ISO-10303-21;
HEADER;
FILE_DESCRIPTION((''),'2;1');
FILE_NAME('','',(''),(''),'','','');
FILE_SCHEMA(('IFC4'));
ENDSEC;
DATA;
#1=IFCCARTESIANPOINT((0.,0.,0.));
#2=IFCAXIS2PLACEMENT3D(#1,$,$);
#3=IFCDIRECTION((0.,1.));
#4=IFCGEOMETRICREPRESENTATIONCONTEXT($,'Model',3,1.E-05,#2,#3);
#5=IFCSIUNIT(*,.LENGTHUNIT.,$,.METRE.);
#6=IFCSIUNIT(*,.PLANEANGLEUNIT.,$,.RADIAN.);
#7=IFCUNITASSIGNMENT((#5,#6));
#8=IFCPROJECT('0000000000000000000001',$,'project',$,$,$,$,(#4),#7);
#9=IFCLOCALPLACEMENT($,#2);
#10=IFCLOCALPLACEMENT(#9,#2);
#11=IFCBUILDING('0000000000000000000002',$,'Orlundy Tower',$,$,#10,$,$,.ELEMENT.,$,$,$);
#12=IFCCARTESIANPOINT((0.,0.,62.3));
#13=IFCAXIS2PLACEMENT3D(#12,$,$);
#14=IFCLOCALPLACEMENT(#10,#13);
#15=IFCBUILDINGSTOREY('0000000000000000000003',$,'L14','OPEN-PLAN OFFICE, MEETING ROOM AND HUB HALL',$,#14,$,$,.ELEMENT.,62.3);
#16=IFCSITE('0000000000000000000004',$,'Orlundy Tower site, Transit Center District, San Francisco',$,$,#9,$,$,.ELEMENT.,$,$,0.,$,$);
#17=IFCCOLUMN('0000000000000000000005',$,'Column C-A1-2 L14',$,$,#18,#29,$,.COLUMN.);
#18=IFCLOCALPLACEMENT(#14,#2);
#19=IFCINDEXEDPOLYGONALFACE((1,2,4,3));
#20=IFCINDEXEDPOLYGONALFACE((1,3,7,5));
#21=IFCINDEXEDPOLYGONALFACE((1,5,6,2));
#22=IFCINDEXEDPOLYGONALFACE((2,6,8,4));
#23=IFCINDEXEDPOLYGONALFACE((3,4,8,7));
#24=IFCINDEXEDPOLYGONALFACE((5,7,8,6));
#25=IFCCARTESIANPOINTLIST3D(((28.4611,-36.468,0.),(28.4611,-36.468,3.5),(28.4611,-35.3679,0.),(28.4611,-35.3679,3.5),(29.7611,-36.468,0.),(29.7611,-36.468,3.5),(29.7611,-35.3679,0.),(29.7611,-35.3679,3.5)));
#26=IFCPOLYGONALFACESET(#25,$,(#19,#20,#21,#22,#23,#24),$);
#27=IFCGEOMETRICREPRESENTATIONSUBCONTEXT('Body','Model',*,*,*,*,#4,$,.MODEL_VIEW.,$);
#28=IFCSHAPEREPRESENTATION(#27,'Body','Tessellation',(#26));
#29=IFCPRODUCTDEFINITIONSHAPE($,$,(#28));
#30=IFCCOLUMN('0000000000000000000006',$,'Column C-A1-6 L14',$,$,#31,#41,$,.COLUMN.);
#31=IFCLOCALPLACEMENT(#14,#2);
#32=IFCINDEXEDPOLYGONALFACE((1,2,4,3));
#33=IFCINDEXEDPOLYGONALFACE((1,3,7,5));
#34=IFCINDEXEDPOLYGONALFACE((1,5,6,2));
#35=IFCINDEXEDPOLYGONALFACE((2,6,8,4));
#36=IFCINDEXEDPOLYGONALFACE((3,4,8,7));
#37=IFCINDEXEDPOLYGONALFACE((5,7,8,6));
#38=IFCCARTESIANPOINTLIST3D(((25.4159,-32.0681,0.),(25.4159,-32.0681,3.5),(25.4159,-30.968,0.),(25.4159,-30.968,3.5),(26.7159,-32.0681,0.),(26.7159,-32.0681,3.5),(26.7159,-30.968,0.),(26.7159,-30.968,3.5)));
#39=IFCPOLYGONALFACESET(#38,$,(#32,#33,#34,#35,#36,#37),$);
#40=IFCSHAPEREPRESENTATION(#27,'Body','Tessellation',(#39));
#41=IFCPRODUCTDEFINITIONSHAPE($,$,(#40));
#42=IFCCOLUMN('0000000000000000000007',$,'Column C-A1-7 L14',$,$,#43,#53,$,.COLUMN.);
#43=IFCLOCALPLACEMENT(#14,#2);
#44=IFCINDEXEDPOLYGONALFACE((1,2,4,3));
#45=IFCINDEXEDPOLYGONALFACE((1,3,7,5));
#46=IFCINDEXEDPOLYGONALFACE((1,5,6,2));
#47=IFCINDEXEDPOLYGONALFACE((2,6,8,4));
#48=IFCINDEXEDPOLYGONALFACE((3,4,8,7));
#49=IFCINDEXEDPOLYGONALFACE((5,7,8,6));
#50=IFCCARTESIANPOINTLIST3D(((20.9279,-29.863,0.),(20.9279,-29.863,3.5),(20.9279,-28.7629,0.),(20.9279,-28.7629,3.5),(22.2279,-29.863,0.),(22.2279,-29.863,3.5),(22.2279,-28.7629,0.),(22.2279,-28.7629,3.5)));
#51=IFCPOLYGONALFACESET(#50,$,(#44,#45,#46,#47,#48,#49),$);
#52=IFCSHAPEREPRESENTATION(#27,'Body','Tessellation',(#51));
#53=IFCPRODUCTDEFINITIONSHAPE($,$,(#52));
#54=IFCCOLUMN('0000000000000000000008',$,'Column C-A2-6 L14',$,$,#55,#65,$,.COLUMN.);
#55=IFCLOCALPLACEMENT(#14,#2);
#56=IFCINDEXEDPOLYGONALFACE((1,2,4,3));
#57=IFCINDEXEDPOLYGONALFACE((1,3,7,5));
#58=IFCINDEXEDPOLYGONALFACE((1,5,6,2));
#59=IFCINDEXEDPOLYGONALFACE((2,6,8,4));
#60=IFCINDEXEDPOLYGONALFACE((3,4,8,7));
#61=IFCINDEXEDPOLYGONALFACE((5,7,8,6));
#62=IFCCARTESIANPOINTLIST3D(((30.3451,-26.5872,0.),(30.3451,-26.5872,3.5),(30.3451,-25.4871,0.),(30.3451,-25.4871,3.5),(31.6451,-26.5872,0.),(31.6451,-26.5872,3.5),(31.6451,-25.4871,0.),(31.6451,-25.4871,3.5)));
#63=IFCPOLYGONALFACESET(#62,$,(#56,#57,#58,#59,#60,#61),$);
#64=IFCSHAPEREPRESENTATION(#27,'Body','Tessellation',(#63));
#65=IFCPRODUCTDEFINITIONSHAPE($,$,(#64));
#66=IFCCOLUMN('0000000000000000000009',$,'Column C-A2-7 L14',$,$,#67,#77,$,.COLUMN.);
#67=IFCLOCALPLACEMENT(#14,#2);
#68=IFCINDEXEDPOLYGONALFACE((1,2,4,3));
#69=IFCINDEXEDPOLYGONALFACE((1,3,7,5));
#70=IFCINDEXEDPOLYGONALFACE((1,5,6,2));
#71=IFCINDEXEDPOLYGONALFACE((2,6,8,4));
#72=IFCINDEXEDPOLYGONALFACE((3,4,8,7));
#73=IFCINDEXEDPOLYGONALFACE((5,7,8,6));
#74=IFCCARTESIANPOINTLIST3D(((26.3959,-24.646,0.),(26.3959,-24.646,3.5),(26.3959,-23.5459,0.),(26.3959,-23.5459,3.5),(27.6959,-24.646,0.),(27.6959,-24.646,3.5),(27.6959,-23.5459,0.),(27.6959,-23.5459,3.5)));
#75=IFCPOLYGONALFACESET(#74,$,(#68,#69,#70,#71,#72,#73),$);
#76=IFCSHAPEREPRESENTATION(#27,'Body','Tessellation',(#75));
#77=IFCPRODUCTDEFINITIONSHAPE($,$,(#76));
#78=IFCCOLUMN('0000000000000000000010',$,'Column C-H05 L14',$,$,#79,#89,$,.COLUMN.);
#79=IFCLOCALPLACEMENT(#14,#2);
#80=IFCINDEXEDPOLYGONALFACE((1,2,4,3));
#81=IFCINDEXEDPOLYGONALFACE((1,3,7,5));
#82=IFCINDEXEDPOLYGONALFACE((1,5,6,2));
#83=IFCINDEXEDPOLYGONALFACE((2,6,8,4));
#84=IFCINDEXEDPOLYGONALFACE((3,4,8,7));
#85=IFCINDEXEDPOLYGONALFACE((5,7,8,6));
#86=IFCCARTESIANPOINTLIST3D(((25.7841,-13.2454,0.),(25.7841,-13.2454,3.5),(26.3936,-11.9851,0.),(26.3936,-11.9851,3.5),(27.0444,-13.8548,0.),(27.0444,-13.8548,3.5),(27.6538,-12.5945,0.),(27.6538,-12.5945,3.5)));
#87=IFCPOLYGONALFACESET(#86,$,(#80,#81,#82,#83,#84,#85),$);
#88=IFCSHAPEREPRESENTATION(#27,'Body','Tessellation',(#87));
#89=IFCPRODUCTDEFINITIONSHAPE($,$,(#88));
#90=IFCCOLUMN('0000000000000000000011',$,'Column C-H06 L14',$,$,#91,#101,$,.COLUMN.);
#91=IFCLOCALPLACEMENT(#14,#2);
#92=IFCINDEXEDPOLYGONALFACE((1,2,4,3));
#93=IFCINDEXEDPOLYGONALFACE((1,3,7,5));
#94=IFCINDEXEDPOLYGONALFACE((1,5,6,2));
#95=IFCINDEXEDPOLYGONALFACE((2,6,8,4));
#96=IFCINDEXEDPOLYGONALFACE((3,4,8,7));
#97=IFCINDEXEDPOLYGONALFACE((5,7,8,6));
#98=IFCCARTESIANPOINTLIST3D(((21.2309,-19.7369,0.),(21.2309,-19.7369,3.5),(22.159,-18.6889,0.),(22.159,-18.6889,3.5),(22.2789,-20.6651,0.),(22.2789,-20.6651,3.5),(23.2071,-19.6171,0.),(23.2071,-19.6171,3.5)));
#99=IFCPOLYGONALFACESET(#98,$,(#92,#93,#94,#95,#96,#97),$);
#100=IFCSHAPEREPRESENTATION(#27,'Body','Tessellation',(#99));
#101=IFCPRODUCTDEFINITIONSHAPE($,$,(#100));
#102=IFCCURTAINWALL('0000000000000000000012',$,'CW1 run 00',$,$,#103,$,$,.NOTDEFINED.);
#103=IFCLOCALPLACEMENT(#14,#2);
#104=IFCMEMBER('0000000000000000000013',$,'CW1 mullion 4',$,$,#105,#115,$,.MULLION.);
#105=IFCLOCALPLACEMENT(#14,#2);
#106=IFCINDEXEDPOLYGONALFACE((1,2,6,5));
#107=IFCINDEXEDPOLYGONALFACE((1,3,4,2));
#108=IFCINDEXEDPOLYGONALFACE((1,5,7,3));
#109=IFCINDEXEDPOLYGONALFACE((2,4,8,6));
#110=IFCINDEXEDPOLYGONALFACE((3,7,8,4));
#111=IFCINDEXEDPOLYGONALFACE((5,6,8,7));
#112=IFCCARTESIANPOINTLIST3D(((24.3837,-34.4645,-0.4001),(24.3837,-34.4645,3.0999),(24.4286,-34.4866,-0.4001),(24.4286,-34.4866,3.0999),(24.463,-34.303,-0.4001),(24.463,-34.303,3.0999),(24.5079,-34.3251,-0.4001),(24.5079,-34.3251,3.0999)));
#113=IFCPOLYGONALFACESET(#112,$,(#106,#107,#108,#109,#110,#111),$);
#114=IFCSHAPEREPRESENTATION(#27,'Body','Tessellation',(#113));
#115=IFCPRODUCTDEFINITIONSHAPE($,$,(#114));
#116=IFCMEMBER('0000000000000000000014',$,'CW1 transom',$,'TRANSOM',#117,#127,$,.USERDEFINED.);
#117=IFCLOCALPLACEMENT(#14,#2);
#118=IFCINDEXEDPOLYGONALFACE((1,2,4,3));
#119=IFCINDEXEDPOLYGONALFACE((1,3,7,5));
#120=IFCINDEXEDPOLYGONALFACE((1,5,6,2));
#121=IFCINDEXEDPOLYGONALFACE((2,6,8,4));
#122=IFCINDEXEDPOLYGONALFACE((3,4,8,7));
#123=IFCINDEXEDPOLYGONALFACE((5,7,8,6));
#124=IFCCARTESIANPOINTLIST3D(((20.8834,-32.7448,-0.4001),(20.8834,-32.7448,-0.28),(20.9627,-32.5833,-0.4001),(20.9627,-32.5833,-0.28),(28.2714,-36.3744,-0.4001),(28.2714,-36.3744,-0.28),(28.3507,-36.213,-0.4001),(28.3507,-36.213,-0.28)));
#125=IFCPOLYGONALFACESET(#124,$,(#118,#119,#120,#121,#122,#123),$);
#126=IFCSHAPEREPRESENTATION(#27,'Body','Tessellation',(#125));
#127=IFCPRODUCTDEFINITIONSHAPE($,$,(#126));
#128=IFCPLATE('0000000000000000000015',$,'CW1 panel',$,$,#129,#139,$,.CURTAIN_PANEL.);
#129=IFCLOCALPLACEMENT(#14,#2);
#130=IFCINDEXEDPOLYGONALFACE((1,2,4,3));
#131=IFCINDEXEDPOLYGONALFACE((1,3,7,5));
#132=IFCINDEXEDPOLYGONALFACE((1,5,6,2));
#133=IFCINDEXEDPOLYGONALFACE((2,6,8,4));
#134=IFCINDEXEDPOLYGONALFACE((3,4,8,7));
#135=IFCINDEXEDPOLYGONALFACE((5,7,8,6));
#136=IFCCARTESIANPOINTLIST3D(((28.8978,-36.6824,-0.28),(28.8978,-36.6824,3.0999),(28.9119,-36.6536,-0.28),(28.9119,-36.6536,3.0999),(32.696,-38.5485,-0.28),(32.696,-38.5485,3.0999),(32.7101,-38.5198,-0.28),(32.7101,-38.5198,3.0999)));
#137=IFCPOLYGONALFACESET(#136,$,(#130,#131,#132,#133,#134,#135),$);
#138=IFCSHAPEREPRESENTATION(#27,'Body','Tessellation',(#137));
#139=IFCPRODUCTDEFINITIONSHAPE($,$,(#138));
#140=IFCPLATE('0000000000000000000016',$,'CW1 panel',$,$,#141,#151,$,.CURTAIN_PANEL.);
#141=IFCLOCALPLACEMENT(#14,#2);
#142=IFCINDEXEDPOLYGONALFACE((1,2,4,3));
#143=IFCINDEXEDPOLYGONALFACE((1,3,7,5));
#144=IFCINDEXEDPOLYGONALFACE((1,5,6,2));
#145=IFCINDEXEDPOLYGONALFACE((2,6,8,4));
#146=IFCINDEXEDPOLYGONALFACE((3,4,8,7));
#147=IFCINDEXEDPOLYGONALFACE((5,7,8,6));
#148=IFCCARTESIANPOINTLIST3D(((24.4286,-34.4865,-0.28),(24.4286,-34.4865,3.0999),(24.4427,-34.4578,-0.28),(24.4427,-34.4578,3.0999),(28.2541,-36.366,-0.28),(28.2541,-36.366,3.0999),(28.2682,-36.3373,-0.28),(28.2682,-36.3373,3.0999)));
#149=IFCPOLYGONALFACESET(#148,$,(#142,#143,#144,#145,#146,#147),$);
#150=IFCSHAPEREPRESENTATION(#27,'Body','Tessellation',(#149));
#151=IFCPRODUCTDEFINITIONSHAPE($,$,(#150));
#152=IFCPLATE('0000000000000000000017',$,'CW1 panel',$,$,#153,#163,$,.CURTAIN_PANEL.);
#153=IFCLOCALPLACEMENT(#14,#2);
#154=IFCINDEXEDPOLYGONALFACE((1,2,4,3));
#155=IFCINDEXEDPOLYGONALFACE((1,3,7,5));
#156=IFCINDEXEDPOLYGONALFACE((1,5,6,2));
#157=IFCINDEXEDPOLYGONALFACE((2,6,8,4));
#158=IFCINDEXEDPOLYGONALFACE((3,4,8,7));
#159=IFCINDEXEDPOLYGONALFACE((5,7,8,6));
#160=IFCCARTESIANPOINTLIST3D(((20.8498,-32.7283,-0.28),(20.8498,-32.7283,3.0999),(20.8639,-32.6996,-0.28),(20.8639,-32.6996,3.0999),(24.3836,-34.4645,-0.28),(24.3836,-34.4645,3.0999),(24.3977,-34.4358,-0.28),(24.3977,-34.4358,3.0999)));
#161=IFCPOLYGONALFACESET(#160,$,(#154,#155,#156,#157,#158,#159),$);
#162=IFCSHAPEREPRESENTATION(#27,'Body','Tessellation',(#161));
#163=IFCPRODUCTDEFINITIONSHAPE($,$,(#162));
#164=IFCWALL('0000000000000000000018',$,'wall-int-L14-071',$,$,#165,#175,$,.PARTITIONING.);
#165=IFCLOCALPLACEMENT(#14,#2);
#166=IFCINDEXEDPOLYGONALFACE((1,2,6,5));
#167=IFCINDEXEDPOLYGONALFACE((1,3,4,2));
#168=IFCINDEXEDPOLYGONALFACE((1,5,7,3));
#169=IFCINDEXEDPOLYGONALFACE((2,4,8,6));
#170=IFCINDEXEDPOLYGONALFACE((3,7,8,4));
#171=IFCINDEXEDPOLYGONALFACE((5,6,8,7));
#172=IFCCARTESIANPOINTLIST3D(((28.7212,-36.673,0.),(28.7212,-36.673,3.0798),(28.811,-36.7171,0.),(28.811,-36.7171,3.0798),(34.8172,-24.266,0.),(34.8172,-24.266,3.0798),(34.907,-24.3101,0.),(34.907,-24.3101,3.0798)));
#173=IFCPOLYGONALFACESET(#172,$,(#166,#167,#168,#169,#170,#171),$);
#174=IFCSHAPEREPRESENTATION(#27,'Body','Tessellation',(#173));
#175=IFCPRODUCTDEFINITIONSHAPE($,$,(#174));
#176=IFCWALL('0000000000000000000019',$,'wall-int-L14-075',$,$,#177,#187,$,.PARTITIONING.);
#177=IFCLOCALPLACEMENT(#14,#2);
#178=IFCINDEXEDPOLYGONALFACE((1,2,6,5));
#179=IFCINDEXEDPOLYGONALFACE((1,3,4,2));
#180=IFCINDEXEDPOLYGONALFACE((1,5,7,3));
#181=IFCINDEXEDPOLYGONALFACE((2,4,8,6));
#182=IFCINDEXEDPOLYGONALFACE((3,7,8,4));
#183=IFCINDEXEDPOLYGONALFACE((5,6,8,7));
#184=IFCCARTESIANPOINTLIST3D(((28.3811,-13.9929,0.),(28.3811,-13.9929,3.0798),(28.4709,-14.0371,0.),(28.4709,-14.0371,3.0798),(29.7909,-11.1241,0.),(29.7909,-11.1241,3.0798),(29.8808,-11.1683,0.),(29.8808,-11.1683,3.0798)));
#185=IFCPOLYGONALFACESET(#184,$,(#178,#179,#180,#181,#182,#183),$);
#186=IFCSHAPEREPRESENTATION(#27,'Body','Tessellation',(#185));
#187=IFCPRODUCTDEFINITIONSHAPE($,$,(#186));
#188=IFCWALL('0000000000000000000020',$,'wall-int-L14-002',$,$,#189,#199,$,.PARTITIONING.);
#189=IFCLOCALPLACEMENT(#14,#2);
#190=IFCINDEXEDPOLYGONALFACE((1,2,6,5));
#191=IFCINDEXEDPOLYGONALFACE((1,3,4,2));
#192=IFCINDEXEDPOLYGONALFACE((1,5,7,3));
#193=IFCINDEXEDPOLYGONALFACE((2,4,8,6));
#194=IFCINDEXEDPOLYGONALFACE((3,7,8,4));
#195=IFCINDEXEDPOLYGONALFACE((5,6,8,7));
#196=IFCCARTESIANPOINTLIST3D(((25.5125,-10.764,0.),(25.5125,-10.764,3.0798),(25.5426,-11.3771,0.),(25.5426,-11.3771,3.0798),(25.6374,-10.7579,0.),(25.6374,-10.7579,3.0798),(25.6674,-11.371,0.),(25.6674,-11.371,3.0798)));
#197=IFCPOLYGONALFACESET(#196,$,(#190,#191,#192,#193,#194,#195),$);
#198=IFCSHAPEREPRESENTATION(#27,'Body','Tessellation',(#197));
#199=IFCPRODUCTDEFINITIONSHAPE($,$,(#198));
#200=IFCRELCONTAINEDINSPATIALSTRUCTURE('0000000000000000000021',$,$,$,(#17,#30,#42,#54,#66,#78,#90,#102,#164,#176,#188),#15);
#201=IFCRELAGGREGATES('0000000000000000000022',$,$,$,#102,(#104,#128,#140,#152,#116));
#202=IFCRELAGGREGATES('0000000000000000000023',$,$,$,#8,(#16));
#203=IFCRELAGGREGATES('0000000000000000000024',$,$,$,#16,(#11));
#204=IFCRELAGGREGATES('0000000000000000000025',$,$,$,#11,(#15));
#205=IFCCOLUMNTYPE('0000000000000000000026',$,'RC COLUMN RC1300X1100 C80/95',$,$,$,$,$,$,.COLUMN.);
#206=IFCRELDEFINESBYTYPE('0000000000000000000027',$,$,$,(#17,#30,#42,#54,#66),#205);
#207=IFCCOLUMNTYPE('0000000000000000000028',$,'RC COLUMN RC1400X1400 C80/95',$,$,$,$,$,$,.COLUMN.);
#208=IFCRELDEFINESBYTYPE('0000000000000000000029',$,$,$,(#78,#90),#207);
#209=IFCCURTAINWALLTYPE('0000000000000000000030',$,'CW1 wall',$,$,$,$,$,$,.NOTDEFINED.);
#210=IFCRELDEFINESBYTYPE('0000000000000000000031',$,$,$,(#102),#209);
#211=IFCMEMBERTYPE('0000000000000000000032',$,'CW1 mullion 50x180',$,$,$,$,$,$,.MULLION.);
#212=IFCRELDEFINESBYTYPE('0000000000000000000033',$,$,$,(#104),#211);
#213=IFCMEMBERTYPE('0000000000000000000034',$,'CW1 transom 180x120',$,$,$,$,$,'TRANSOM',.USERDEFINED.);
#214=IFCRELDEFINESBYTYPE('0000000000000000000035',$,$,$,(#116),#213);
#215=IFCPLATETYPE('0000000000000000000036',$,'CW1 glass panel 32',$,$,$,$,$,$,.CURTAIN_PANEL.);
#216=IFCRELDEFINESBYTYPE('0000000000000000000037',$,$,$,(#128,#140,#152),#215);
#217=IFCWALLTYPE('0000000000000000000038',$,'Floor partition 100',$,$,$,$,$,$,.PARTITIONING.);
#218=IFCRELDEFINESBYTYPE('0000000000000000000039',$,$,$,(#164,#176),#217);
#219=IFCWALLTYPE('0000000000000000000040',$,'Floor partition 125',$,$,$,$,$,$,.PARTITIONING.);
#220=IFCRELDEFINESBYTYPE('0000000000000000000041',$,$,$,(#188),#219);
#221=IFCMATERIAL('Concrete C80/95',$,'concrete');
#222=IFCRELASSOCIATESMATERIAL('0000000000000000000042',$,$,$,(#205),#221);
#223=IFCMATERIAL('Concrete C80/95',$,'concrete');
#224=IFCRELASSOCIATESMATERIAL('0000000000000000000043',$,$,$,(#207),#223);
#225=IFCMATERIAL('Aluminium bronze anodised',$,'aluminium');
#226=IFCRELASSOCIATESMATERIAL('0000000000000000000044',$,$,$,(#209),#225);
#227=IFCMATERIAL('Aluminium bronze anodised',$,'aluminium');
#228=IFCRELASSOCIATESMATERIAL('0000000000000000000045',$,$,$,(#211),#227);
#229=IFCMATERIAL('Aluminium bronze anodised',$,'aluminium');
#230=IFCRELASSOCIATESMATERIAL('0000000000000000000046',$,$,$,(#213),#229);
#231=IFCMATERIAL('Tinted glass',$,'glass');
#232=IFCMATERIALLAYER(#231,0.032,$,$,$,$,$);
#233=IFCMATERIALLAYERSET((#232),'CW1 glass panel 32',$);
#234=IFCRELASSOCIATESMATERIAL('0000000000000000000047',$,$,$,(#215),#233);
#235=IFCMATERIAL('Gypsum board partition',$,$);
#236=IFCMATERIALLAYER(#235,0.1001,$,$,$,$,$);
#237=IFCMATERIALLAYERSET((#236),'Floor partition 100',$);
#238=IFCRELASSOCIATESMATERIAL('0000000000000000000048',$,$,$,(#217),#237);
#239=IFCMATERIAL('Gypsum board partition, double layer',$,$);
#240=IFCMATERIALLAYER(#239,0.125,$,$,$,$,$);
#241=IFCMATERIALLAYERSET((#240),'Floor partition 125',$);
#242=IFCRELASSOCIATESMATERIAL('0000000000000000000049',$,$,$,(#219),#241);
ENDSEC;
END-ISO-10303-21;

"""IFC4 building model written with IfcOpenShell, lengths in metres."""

from ifc_helpers import new_model, si_unit, direction, frame, frame_2d, origin, origin_2d, place, context, subcontext, project, spatial, rectangle, extrude, material, layer, layer_set, material_profile, profile_set, type_object, element, aggregate, save


model = new_model("IFC4")

# Units and contexts
model_context = context("Model", 3, precision=1e-05, world=origin(), true_north=direction((0.0, 1.0)))
body_context = subcontext(model_context, "Body", "Model", "MODEL_VIEW")
ifc_project = project(units=[si_unit("LENGTHUNIT", "METRE"), si_unit("PLANEANGLEUNIT", "RADIAN")], contexts=[model_context])

# Site, building, storey
site_placement = place(None, origin())
site = spatial("IfcSite", under=ifc_project, at=site_placement, Name="Orlundy Tower site, Transit Center District, San Francisco", CompositionType="ELEMENT", RefElevation=0.0)
building_placement = place(site_placement, origin())
building = spatial("IfcBuilding", under=site, at=building_placement, Name="Orlundy Tower", CompositionType="ELEMENT")
storey_placement = place(building_placement, frame((0.0, 0.0, 62.3)))
storey = spatial("IfcBuildingStorey", under=building, at=storey_placement, Name="L14", Description="OPEN-PLAN OFFICE, MEETING ROOM AND HUB HALL", CompositionType="ELEMENT", Elevation=62.3)

# Columns
ifc_material_1 = material(Name="Concrete C80/95", Category="concrete")
ifc_material_profile_1 = material_profile(ifc_material_1, rectangle(XDim=1.3, YDim=1.1001, at=origin_2d()), Name="RC1300X1100")
ifc_profile_set_1 = profile_set([ifc_material_profile_1], Name="Concrete C80/95")
column_type_1 = type_object("IfcColumnType", Name="RC COLUMN RC1300X1100 C80/95", PredefinedType="COLUMN", material=ifc_profile_set_1)
for number, where, z_axis, x_axis, name in (
    (1, (29.1111, -35.918, 0.0), (0.0, 0.0, 1.0), (1.0, 0.0, 0.0), "Column C-A1-2 L14"),
    (2, (26.0659, -31.5181, 0.0), (0.0, 0.0, 1.0), (1.0, 0.0, 0.0), "Column C-A1-6 L14"),
    (3, (21.5779, -29.313, 0.0), (0.0, 0.0, 1.0), (1.0, 0.0, 0.0), "Column C-A1-7 L14"),
    (4, (30.9951, -26.0371, 0.0), (0.0, 0.0, 1.0), (1.0, 0.0, 0.0), "Column C-A2-6 L14"),
    (5, (27.0459, -24.0959, 0.0), (0.0, 0.0, 1.0), (1.0, 0.0, 0.0), "Column C-A2-7 L14"),
):
    element("IfcColumn", number, at=place(storey_placement, frame(where, z_axis=z_axis, x_axis=x_axis)), inside=storey, type_object=column_type_1, Name=name, PredefinedType="COLUMN", context=body_context, shape_type="SweptSolid", body=[
        extrude(rectangle(XDim=1.3, YDim=1.1001, at=origin_2d()), origin(), (0.0, 0.0, 1.0), 3.5),
    ])
ifc_material_2 = material(Name="Concrete C80/95", Category="concrete")
ifc_material_profile_2 = material_profile(ifc_material_2, rectangle(XDim=1.3999, YDim=1.3999, at=origin_2d()), Name="RC1400X1400")
ifc_profile_set_2 = profile_set([ifc_material_profile_2], Name="Concrete C80/95")
column_type_2 = type_object("IfcColumnType", Name="RC COLUMN RC1400X1400 C80/95", PredefinedType="COLUMN", material=ifc_profile_set_2)
for number, where, z_axis, x_axis, name in (
    (6, (26.719, -12.9199, 0.0), (0.0, 0.0, 1.0), (0.900273, -0.435325, 0.0), "Column C-H05 L14"),
    (7, (22.219, -19.677, 0.0), (0.0, 0.0, 1.0), (0.748632, -0.662986, 0.0), "Column C-H06 L14"),
):
    element("IfcColumn", number, at=place(storey_placement, frame(where, z_axis=z_axis, x_axis=x_axis)), inside=storey, type_object=column_type_2, Name=name, PredefinedType="COLUMN", context=body_context, shape_type="SweptSolid", body=[
        extrude(rectangle(XDim=1.3999, YDim=1.3999, at=origin_2d()), origin(), (0.0, 0.0, 1.0), 3.5),
    ])

# Curtain wall, members, plates
ifc_material_3 = material(Name="Aluminium bronze anodised", Category="aluminium")
curtain_wall_type = type_object("IfcCurtainWallType", Name="CW1 wall", PredefinedType="NOTDEFINED", material=ifc_material_3)
curtain_wall_placement = place(storey_placement, origin())
curtain_wall = element("IfcCurtainWall", 8, at=curtain_wall_placement, inside=storey, type_object=curtain_wall_type, Name="CW1 run 00", PredefinedType="NOTDEFINED")
ifc_material_4 = material(Name="Aluminium bronze anodised", Category="aluminium")
ifc_material_profile_3 = material_profile(ifc_material_4, rectangle(XDim=0.1799, YDim=0.05, at=origin_2d()), Name="CW1 mullion 50x180")
ifc_profile_set_3 = profile_set([ifc_material_profile_3], Name="Aluminium bronze anodised")
member_type_1 = type_object("IfcMemberType", Name="CW1 mullion 50x180", PredefinedType="MULLION", material=ifc_profile_set_3)
member_1_placement = place(storey_placement, frame((24.4458, -34.3948, -0.4001), z_axis=(0.0, 0.0, 1.0), x_axis=(-0.440969, -0.897522, 0.0)))
member_1 = element("IfcMember", 9, at=member_1_placement, type_object=member_type_1, Name="CW1 mullion 4", PredefinedType="MULLION", context=body_context, shape_type="SweptSolid", body=[
    extrude(rectangle(XDim=0.1799, YDim=0.05, at=origin_2d()), origin(), (0.0, 0.0, 1.0), 3.5),
])
ifc_material_5 = material(Name="Aluminium bronze anodised", Category="aluminium")
ifc_material_profile_4 = material_profile(ifc_material_5, rectangle(XDim=0.1799, YDim=0.1201, at=origin_2d()), Name="CW1 transom 180x120")
ifc_profile_set_4 = profile_set([ifc_material_profile_4], Name="Aluminium bronze anodised")
member_type_2 = type_object("IfcMemberType", Name="CW1 transom 180x120", ElementType="TRANSOM", PredefinedType="USERDEFINED", material=ifc_profile_set_4)
member_2_placement = place(storey_placement, frame((28.311, -36.2937, -0.3401), z_axis=(-0.897531, 0.44095, 0.0), x_axis=(-0.44095, -0.897531, 0.0)))
member_2 = element("IfcMember", 10, at=member_2_placement, type_object=member_type_2, Name="CW1 transom", ObjectType="TRANSOM", PredefinedType="USERDEFINED", context=body_context, shape_type="SweptSolid", body=[
    extrude(rectangle(XDim=0.1799, YDim=0.1201, at=origin_2d()), origin(), (0.0, 0.0, 1.0), 8.2314),
])
ifc_material_6 = material(Name="Tinted glass", Category="glass")
ifc_layer_1 = layer(ifc_material_6, 0.032)
ifc_layer_set_1 = layer_set([ifc_layer_1], Name="CW1 glass panel 32")
plate_type = type_object("IfcPlateType", Name="CW1 glass panel 32", PredefinedType="CURTAIN_PANEL", material=ifc_layer_set_1)
plate_1_placement = place(storey_placement, frame((30.804, -37.6011, -0.28), z_axis=(0.0, 0.0, 1.0), x_axis=(-0.897522, 0.440969, 0.0)))
plate_1 = element("IfcPlate", 11, at=plate_1_placement, type_object=plate_type, Name="CW1 panel", PredefinedType="CURTAIN_PANEL", context=body_context, shape_type="SweptSolid", body=[
    extrude(rectangle(XDim=4.2319, YDim=0.032, at=origin_2d()), origin(), (0.0, 0.0, 1.0), 3.3799),
])
plate_2_placement = place(storey_placement, frame((26.3484, -35.4119, -0.28), z_axis=(0.0, 0.0, 1.0), x_axis=(-0.897522, 0.440969, 0.0)))
plate_2 = element("IfcPlate", 12, at=plate_2_placement, type_object=plate_type, Name="CW1 panel", PredefinedType="CURTAIN_PANEL", context=body_context, shape_type="SweptSolid", body=[
    extrude(rectangle(XDim=4.2622, YDim=0.032, at=origin_2d()), origin(), (0.0, 0.0, 1.0), 3.3799),
])
plate_3_placement = place(storey_placement, frame((22.6238, -33.582, -0.28), z_axis=(0.0, 0.0, 1.0), x_axis=(-0.897522, 0.440969, 0.0)))
plate_3 = element("IfcPlate", 13, at=plate_3_placement, type_object=plate_type, Name="CW1 panel", PredefinedType="CURTAIN_PANEL", context=body_context, shape_type="SweptSolid", body=[
    extrude(rectangle(XDim=3.9373, YDim=0.032, at=origin_2d()), origin(), (0.0, 0.0, 1.0), 3.3799),
])
aggregate(curtain_wall, [member_1, plate_1, plate_2, plate_3, member_2])

# Walls
ifc_material_7 = material(Name="Gypsum board partition")
ifc_layer_2 = layer(ifc_material_7, 0.1001)
ifc_layer_set_2 = layer_set([ifc_layer_2], Name="Floor partition 100")
wall_type_1 = type_object("IfcWallType", Name="Floor partition 100", PredefinedType="PARTITIONING", material=ifc_layer_set_2)
wall_1_placement = place(storey_placement, frame((28.7661, -36.6951, 0.0), z_axis=(0.0, 0.0, 1.0), x_axis=(0.440979, 0.897517, 0.0)))
element("IfcWall", 14, at=wall_1_placement, inside=storey, type_object=wall_type_1, Name="wall-int-L14-071", PredefinedType="PARTITIONING", context=body_context, shape_type="SweptSolid", body=[
    extrude(rectangle(XDim=13.8237, YDim=0.1001, at=frame_2d((6.9119, 0.0))), origin(), (0.0, 0.0, 1.0), 3.0798),
])
wall_2_placement = place(storey_placement, frame((28.426, -14.0149, 0.0), z_axis=(0.0, 0.0, 1.0), x_axis=(0.441063, 0.897476, 0.0)))
element("IfcWall", 15, at=wall_2_placement, inside=storey, type_object=wall_type_1, Name="wall-int-L14-075", PredefinedType="PARTITIONING", context=body_context, shape_type="SweptSolid", body=[
    extrude(rectangle(XDim=3.1965, YDim=0.1001, at=frame_2d((1.5981, 0.0))), origin(), (0.0, 0.0, 1.0), 3.0798),
])
ifc_material_8 = material(Name="Gypsum board partition, double layer")
ifc_layer_3 = layer(ifc_material_8, 0.125)
ifc_layer_set_3 = layer_set([ifc_layer_3], Name="Floor partition 125")
wall_type_2 = type_object("IfcWallType", Name="Floor partition 125", PredefinedType="PARTITIONING", material=ifc_layer_set_3)
wall_3_placement = place(storey_placement, frame((25.575, -10.761, 0.0), z_axis=(0.0, 0.0, 1.0), x_axis=(0.048926, -0.998802, 0.0)))
element("IfcWall", 16, at=wall_3_placement, inside=storey, type_object=wall_type_2, Name="wall-int-L14-002", PredefinedType="PARTITIONING", context=body_context, shape_type="SweptSolid", body=[
    extrude(rectangle(XDim=0.6138, YDim=0.125, at=frame_2d((0.3069, 0.0))), origin(), (0.0, 0.0, 1.0), 3.0798),
])

save(model, "model.ifc")
